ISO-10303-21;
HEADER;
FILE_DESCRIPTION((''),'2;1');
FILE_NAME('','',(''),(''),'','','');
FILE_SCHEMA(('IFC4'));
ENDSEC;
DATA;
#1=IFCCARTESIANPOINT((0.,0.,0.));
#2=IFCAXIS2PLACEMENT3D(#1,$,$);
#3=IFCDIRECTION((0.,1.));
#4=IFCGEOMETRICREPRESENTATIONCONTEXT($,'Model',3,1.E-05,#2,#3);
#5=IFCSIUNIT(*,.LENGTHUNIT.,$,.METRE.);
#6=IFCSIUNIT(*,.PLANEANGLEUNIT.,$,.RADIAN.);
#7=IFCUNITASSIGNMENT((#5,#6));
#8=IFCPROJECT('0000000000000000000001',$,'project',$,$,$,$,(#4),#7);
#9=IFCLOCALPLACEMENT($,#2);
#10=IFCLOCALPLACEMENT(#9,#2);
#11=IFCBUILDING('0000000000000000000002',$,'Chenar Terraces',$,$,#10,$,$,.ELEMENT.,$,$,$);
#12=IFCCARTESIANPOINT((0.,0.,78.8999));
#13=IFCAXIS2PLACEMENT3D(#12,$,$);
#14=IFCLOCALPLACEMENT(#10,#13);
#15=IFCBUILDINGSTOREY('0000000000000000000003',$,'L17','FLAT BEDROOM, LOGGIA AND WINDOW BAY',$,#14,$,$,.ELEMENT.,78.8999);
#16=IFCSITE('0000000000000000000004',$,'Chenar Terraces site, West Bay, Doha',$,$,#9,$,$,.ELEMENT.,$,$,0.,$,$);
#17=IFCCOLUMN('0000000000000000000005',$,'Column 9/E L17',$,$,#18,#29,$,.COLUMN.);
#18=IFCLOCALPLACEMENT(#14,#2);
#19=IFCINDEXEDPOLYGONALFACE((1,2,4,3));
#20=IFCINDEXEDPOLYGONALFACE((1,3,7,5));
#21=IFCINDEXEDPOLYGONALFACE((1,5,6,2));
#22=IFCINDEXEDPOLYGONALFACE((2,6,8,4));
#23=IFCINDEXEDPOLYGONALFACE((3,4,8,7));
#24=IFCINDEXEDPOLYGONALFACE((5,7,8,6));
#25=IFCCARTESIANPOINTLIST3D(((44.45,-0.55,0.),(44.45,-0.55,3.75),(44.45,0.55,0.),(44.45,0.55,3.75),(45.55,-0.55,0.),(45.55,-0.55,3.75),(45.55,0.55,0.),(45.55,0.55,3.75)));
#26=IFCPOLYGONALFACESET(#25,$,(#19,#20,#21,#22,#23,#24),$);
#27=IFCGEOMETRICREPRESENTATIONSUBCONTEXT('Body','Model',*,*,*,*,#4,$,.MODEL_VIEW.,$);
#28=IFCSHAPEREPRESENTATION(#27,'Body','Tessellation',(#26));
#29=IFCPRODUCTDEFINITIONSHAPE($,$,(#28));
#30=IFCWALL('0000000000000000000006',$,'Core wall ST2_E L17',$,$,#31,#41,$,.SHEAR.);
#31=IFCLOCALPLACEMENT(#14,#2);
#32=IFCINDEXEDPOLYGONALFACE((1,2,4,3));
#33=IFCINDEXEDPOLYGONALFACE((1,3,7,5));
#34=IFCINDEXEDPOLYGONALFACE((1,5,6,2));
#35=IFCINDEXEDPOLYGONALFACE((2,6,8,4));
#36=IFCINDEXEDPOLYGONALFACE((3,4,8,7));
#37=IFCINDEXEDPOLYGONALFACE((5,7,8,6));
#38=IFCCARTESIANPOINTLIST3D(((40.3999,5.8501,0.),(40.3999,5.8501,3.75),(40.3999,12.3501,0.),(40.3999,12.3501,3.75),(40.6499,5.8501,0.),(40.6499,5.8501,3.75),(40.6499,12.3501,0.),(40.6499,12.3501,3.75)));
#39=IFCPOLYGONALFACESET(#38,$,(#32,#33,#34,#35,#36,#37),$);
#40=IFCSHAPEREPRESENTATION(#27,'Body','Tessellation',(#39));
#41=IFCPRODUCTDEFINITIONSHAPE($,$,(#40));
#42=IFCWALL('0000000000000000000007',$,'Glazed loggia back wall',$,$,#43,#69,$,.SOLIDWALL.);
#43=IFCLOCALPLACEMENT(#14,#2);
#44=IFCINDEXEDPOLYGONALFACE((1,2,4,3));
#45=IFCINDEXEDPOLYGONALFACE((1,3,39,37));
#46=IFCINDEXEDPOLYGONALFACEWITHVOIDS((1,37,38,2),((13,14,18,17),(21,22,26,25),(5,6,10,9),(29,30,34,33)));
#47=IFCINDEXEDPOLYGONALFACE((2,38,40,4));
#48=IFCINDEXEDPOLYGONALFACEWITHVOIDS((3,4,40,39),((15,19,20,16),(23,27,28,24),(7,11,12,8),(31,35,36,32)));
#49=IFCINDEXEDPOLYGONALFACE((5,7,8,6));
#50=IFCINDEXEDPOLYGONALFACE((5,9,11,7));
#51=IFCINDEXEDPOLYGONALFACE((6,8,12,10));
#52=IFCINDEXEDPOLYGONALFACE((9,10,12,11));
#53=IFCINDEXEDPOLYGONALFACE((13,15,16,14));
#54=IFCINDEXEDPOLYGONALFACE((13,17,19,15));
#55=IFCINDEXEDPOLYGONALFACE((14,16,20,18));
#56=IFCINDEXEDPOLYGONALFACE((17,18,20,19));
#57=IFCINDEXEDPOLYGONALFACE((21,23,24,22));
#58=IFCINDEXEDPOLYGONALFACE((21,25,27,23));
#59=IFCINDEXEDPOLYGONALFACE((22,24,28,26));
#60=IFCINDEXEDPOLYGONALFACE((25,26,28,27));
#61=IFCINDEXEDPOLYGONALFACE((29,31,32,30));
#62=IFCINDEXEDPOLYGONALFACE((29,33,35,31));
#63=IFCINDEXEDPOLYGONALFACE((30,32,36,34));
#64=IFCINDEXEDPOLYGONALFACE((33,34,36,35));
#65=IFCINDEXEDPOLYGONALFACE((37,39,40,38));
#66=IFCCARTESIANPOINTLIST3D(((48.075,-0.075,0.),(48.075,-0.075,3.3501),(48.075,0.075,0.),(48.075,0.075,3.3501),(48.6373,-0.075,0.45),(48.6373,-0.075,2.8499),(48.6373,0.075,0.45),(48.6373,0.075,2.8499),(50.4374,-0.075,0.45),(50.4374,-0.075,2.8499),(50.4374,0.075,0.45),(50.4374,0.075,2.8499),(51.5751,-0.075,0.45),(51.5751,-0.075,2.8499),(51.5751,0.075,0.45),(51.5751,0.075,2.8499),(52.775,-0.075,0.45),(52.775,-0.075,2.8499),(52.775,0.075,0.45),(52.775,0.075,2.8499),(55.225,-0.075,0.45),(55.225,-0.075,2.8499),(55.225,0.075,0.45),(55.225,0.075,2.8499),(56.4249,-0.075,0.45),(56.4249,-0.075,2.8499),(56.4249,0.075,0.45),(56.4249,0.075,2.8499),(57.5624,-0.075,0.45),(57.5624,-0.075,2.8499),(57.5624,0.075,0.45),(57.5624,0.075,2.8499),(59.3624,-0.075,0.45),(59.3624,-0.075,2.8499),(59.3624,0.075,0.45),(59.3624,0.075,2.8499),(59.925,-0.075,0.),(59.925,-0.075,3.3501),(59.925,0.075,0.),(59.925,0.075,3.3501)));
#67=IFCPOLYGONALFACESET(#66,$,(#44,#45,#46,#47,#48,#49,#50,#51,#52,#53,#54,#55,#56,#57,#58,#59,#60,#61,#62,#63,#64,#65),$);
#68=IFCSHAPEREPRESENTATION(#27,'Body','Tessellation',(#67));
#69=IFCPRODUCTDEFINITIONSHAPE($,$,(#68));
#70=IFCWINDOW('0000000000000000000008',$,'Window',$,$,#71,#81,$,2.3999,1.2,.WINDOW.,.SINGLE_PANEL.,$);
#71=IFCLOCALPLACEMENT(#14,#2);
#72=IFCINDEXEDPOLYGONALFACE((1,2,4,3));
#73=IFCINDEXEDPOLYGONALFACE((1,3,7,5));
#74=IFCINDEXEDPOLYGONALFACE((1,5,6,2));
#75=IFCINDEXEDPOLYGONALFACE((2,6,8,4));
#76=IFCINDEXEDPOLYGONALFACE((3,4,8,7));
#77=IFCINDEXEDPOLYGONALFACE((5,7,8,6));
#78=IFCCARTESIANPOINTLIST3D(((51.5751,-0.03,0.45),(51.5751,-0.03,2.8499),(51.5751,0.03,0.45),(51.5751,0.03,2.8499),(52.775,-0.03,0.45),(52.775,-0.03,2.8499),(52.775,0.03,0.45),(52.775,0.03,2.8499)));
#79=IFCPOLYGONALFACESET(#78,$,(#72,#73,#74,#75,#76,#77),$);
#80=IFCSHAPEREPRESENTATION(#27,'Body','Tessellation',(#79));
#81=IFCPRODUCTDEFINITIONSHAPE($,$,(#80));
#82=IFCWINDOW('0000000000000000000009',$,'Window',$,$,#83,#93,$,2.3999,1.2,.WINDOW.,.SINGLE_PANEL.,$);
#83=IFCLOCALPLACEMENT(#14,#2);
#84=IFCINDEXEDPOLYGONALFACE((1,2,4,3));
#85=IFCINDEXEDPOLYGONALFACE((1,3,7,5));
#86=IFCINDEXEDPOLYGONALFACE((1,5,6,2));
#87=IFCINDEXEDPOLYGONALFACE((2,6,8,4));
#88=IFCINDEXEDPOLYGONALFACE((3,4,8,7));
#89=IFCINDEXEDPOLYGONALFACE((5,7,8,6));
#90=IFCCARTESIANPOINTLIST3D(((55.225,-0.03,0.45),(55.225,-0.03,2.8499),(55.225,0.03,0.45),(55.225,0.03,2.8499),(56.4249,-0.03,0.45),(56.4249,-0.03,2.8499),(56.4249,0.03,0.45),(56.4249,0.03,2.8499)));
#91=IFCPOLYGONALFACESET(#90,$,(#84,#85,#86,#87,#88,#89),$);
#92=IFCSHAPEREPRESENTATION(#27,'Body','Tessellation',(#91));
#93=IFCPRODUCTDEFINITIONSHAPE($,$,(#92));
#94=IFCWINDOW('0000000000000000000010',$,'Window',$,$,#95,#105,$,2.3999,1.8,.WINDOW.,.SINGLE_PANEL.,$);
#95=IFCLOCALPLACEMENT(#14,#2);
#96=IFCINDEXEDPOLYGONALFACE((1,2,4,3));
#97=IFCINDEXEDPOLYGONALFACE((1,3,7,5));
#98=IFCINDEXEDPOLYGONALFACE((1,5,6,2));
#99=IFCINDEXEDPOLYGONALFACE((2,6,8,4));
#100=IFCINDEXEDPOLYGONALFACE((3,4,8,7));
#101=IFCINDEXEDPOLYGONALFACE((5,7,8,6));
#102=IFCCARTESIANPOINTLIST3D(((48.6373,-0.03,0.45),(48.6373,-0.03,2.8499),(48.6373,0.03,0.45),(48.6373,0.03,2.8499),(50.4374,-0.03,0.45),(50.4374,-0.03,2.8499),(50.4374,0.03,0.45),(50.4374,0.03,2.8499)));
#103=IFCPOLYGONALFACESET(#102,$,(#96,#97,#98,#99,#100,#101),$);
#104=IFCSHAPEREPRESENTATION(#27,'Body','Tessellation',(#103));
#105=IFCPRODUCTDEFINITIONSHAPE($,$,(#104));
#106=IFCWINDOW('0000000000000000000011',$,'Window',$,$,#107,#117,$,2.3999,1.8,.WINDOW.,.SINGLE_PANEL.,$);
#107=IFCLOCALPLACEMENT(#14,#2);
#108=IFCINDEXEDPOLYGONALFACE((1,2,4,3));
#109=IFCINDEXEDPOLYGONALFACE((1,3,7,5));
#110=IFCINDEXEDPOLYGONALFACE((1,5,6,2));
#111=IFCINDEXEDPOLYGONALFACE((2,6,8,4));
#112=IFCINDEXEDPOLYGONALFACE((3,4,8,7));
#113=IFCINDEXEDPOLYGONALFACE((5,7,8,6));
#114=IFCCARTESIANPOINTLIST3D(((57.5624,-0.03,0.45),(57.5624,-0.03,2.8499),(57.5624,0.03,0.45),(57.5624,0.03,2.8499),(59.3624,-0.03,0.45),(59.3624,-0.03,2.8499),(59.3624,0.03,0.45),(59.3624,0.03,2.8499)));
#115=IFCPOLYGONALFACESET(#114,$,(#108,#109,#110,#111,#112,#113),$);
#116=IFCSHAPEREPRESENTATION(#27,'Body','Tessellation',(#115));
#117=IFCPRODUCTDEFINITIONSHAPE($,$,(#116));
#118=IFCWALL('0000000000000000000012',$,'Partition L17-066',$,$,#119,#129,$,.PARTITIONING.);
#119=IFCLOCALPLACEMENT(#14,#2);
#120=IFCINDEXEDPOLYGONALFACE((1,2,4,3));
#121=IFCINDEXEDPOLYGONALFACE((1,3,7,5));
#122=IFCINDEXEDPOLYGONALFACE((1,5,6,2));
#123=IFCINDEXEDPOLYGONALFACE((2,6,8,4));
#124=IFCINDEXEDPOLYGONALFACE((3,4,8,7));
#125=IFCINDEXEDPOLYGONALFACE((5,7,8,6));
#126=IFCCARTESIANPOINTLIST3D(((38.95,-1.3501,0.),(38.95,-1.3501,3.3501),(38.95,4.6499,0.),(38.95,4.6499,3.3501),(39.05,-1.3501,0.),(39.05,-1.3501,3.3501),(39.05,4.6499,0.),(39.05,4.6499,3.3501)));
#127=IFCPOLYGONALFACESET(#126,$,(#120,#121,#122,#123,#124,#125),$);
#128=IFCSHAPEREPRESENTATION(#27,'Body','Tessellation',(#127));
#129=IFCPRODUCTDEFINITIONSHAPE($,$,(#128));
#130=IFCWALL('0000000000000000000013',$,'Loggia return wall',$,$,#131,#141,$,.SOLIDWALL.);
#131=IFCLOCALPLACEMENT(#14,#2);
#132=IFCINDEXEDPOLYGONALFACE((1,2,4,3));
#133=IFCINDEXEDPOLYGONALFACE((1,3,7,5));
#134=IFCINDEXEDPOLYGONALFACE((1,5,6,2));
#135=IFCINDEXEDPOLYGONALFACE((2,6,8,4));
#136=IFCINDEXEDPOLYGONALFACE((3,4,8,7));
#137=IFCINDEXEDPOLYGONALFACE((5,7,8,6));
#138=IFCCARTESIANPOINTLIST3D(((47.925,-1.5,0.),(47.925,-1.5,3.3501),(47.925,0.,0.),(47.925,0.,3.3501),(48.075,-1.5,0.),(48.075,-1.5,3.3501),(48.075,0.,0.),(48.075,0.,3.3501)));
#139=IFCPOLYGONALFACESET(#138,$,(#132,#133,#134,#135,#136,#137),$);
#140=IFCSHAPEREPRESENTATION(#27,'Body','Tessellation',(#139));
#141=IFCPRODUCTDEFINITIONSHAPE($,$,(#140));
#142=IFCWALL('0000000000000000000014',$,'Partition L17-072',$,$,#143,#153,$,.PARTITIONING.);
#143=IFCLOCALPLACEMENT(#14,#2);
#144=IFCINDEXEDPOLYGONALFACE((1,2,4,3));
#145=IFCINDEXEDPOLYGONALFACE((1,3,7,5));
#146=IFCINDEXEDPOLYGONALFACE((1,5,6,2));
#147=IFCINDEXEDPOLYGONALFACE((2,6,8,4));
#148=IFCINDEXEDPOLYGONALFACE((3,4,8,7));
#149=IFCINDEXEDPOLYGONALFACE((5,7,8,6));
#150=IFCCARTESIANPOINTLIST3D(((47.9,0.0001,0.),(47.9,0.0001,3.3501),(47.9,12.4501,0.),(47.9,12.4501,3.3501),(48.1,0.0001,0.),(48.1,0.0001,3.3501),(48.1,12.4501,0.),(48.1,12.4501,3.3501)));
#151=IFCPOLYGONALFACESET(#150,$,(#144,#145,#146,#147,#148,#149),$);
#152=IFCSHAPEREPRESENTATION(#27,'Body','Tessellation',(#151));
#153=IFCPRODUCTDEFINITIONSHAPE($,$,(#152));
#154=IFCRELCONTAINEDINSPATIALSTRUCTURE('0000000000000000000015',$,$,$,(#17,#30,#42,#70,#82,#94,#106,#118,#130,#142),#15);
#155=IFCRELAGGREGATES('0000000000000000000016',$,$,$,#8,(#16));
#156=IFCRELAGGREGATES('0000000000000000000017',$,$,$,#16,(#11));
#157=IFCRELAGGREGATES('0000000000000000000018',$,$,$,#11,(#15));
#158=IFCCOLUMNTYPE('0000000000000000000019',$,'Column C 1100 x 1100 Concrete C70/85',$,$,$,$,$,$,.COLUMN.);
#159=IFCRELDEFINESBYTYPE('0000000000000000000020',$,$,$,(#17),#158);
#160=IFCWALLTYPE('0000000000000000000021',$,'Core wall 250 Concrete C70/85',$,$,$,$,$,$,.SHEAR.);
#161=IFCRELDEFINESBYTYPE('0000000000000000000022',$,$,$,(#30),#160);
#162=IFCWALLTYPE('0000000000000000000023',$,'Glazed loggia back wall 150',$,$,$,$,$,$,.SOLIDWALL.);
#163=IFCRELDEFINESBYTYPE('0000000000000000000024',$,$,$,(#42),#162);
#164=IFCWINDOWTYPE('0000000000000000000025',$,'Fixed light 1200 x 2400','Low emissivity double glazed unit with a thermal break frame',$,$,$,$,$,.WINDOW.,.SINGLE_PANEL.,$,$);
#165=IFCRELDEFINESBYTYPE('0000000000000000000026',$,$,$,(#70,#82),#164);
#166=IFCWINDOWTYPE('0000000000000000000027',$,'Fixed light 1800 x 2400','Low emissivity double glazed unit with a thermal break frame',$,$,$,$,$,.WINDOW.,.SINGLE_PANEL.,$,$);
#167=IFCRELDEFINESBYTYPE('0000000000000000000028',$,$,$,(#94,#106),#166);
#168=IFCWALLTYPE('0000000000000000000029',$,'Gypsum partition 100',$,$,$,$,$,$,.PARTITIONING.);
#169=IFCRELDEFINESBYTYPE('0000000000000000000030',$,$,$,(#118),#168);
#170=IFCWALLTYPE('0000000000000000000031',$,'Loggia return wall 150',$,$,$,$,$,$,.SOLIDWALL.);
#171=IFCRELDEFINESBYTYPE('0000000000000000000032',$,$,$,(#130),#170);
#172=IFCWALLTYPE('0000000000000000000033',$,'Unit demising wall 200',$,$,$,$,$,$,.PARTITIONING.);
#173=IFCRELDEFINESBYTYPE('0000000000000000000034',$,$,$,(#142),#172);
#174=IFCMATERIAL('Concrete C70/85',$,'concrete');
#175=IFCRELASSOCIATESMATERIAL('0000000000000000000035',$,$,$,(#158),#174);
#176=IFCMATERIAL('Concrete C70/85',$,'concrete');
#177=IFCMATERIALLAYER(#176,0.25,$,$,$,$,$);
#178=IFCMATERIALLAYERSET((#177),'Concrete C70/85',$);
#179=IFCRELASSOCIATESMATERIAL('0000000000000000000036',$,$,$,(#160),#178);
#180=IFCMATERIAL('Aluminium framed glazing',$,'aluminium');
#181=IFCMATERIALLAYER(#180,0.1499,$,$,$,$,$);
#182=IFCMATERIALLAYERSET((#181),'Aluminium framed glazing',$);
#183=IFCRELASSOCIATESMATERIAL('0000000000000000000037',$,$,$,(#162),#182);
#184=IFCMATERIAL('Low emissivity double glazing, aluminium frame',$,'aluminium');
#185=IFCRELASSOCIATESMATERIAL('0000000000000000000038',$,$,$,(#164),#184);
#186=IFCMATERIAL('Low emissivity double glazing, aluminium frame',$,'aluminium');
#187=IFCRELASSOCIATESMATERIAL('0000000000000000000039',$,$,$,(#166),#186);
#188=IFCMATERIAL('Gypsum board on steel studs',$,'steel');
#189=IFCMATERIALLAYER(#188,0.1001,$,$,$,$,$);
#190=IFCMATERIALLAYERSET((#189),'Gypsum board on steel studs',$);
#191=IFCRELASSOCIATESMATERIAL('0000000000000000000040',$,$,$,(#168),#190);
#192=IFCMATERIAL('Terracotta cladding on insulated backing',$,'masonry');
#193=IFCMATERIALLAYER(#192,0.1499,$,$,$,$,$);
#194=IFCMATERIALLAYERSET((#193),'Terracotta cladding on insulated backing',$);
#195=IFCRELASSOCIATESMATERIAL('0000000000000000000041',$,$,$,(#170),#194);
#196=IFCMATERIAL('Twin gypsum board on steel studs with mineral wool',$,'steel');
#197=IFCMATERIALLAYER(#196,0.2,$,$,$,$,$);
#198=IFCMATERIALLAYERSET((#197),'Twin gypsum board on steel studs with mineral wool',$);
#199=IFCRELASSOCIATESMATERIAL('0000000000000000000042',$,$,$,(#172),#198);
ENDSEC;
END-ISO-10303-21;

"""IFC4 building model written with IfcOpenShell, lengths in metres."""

from ifc_helpers import new_model, si_unit, direction, frame, frame_2d, origin, origin_2d, place, context, subcontext, project, spatial, rectangle, extrude, material, layer, layer_set, material_profile, profile_set, type_object, element, fill, save


model = new_model("IFC4")

# Units and contexts
model_context = context("Model", 3, precision=1e-05, world=origin(), true_north=direction((0.0, 1.0)))
body_context = subcontext(model_context, "Body", "Model", "MODEL_VIEW")
ifc_project = project(units=[si_unit("LENGTHUNIT", "METRE"), si_unit("PLANEANGLEUNIT", "RADIAN")], contexts=[model_context])

# Site, building, storey
site_placement = place(None, origin())
site = spatial("IfcSite", under=ifc_project, at=site_placement, Name="Chenar Terraces site, West Bay, Doha", CompositionType="ELEMENT", RefElevation=0.0)
building_placement = place(site_placement, origin())
building = spatial("IfcBuilding", under=site, at=building_placement, Name="Chenar Terraces", CompositionType="ELEMENT")
storey_placement = place(building_placement, frame((0.0, 0.0, 78.8999)))
storey = spatial("IfcBuildingStorey", under=building, at=storey_placement, Name="L17", Description="FLAT BEDROOM, LOGGIA AND WINDOW BAY", CompositionType="ELEMENT", Elevation=78.8999)

# Column
ifc_material_1 = material(Name="Concrete C70/85", Category="concrete")
ifc_material_profile_1 = material_profile(ifc_material_1, rectangle(XDim=1.1001, YDim=1.1001, at=origin_2d()), Name="C 1100 x 1100")
ifc_profile_set_1 = profile_set([ifc_material_profile_1], Name="Concrete C70/85")
column_type = type_object("IfcColumnType", Name="Column C 1100 x 1100 Concrete C70/85", PredefinedType="COLUMN", material=ifc_profile_set_1)
column_placement = place(storey_placement, frame((45.0, 0.0, 0.0), z_axis=(0.0, 0.0, 1.0), x_axis=(1.0, 0.0, 0.0)))
element("IfcColumn", 1, at=column_placement, inside=storey, type_object=column_type, Name="Column 9/E L17", PredefinedType="COLUMN", context=body_context, shape_type="SweptSolid", body=[
    extrude(rectangle(XDim=1.1001, YDim=1.1001, at=origin_2d()), origin(), (0.0, 0.0, 1.0), 3.75),
])

# Wall
ifc_material_2 = material(Name="Concrete C70/85", Category="concrete")
ifc_layer_1 = layer(ifc_material_2, 0.25)
ifc_layer_set_1 = layer_set([ifc_layer_1], Name="Concrete C70/85")
wall_type_1 = type_object("IfcWallType", Name="Core wall 250 Concrete C70/85", PredefinedType="SHEAR", material=ifc_layer_set_1)
wall_1_placement = place(storey_placement, frame((40.5249, 5.8501, 0.0), z_axis=(0.0, 0.0, 1.0), x_axis=(0.0, 1.0, 0.0)))
element("IfcWall", 2, at=wall_1_placement, inside=storey, type_object=wall_type_1, Name="Core wall ST2_E L17", PredefinedType="SHEAR", context=body_context, shape_type="SweptSolid", body=[
    extrude(rectangle(XDim=6.5, YDim=0.25, at=frame_2d((3.25, 0.0))), origin(), (0.0, 0.0, 1.0), 3.75),
])

# Wall, openings, windows
ifc_material_3 = material(Name="Aluminium framed glazing", Category="aluminium")
ifc_layer_2 = layer(ifc_material_3, 0.1499)
ifc_layer_set_2 = layer_set([ifc_layer_2], Name="Aluminium framed glazing")
wall_type_2 = type_object("IfcWallType", Name="Glazed loggia back wall 150", PredefinedType="SOLIDWALL", material=ifc_layer_set_2)
wall_2_placement = place(storey_placement, frame((48.075, 0.0, 0.0), z_axis=(0.0, 0.0, 1.0), x_axis=(1.0, 0.0, 0.0)))
wall_2 = element("IfcWall", 3, at=wall_2_placement, inside=storey, type_object=wall_type_2, Name="Glazed loggia back wall", PredefinedType="SOLIDWALL", context=body_context, shape_type="SweptSolid", body=[
    extrude(rectangle(XDim=11.8501, YDim=0.1499, at=frame_2d((5.925, 0.0))), origin(), (0.0, 0.0, 1.0), 3.3501),
])
opening_1_placement = place(wall_2_placement, frame((0.5625, 0.0, 0.45)))
opening_1 = element("IfcOpeningElement", 4, at=opening_1_placement, cuts=wall_2, PredefinedType="OPENING", context=body_context, shape_type="SweptSolid", body=[
    extrude(rectangle(XDim=1.8, YDim=2.3999, at=frame_2d((0.8999, 1.2))), frame((0.0, 0.085, 0.0), z_axis=(0.0, -1.0, 0.0), x_axis=(1.0, 0.0, 0.0)), (0.0, 0.0, 1.0), 0.1699),
])
opening_2_placement = place(wall_2_placement, frame((3.5, 0.0, 0.45)))
opening_2 = element("IfcOpeningElement", 5, at=opening_2_placement, cuts=wall_2, PredefinedType="OPENING", context=body_context, shape_type="SweptSolid", body=[
    extrude(rectangle(XDim=1.2, YDim=2.3999, at=frame_2d((0.6001, 1.2))), frame((0.0, 0.085, 0.0), z_axis=(0.0, -1.0, 0.0), x_axis=(1.0, 0.0, 0.0)), (0.0, 0.0, 1.0), 0.1699),
])
opening_3_placement = place(wall_2_placement, frame((7.1499, 0.0, 0.45)))
opening_3 = element("IfcOpeningElement", 6, at=opening_3_placement, cuts=wall_2, PredefinedType="OPENING", context=body_context, shape_type="SweptSolid", body=[
    extrude(rectangle(XDim=1.2, YDim=2.3999, at=frame_2d((0.6001, 1.2))), frame((0.0, 0.085, 0.0), z_axis=(0.0, -1.0, 0.0), x_axis=(1.0, 0.0, 0.0)), (0.0, 0.0, 1.0), 0.1699),
])
opening_4_placement = place(wall_2_placement, frame((9.4875, 0.0, 0.45)))
opening_4 = element("IfcOpeningElement", 7, at=opening_4_placement, cuts=wall_2, PredefinedType="OPENING", context=body_context, shape_type="SweptSolid", body=[
    extrude(rectangle(XDim=1.8, YDim=2.3999, at=frame_2d((0.8999, 1.2))), frame((0.0, 0.085, 0.0), z_axis=(0.0, -1.0, 0.0), x_axis=(1.0, 0.0, 0.0)), (0.0, 0.0, 1.0), 0.1699),
])
ifc_material_4 = material(Name="Low emissivity double glazing, aluminium frame", Category="aluminium")
window_type_1 = type_object("IfcWindowType", Name="Fixed light 1200 x 2400", Description="Low emissivity double glazed unit with a thermal break frame", PartitioningType="SINGLE_PANEL", PredefinedType="WINDOW", material=ifc_material_4)
window_1_placement = place(opening_2_placement, origin())
window_1 = element("IfcWindow", 8, at=window_1_placement, inside=storey, type_object=window_type_1, Name="Window", OverallHeight=2.3999, OverallWidth=1.2, PartitioningType="SINGLE_PANEL", PredefinedType="WINDOW", context=body_context, shape_type="SweptSolid", body=[
    extrude(rectangle(XDim=1.2, YDim=2.3999, at=frame_2d((0.6001, 1.2))), frame((0.0, 0.03, 0.0), z_axis=(0.0, -1.0, 0.0), x_axis=(1.0, 0.0, 0.0)), (0.0, 0.0, 1.0), 0.0601),
])
fill(opening_2, window_1)
window_2_placement = place(opening_3_placement, origin())
window_2 = element("IfcWindow", 9, at=window_2_placement, inside=storey, type_object=window_type_1, Name="Window", OverallHeight=2.3999, OverallWidth=1.2, PartitioningType="SINGLE_PANEL", PredefinedType="WINDOW", context=body_context, shape_type="SweptSolid", body=[
    extrude(rectangle(XDim=1.2, YDim=2.3999, at=frame_2d((0.6001, 1.2))), frame((0.0, 0.03, 0.0), z_axis=(0.0, -1.0, 0.0), x_axis=(1.0, 0.0, 0.0)), (0.0, 0.0, 1.0), 0.0601),
])
fill(opening_3, window_2)
ifc_material_5 = material(Name="Low emissivity double glazing, aluminium frame", Category="aluminium")
window_type_2 = type_object("IfcWindowType", Name="Fixed light 1800 x 2400", Description="Low emissivity double glazed unit with a thermal break frame", PartitioningType="SINGLE_PANEL", PredefinedType="WINDOW", material=ifc_material_5)
window_3_placement = place(opening_1_placement, origin())
window_3 = element("IfcWindow", 10, at=window_3_placement, inside=storey, type_object=window_type_2, Name="Window", OverallHeight=2.3999, OverallWidth=1.8, PartitioningType="SINGLE_PANEL", PredefinedType="WINDOW", context=body_context, shape_type="SweptSolid", body=[
    extrude(rectangle(XDim=1.8, YDim=2.3999, at=frame_2d((0.8999, 1.2))), frame((0.0, 0.03, 0.0), z_axis=(0.0, -1.0, 0.0), x_axis=(1.0, 0.0, 0.0)), (0.0, 0.0, 1.0), 0.0601),
])
fill(opening_1, window_3)
window_4_placement = place(opening_4_placement, origin())
window_4 = element("IfcWindow", 11, at=window_4_placement, inside=storey, type_object=window_type_2, Name="Window", OverallHeight=2.3999, OverallWidth=1.8, PartitioningType="SINGLE_PANEL", PredefinedType="WINDOW", context=body_context, shape_type="SweptSolid", body=[
    extrude(rectangle(XDim=1.8, YDim=2.3999, at=frame_2d((0.8999, 1.2))), frame((0.0, 0.03, 0.0), z_axis=(0.0, -1.0, 0.0), x_axis=(1.0, 0.0, 0.0)), (0.0, 0.0, 1.0), 0.0601),
])
fill(opening_4, window_4)

# Walls
ifc_material_6 = material(Name="Gypsum board on steel studs", Category="steel")
ifc_layer_3 = layer(ifc_material_6, 0.1001)
ifc_layer_set_3 = layer_set([ifc_layer_3], Name="Gypsum board on steel studs")
wall_type_3 = type_object("IfcWallType", Name="Gypsum partition 100", PredefinedType="PARTITIONING", material=ifc_layer_set_3)
wall_3_placement = place(storey_placement, frame((39.0, -1.3501, 0.0), z_axis=(0.0, 0.0, 1.0), x_axis=(0.0, 1.0, 0.0)))
element("IfcWall", 12, at=wall_3_placement, inside=storey, type_object=wall_type_3, Name="Partition L17-066", PredefinedType="PARTITIONING", context=body_context, shape_type="SweptSolid", body=[
    extrude(rectangle(XDim=6.0, YDim=0.1001, at=frame_2d((3.0, 0.0))), origin(), (0.0, 0.0, 1.0), 3.3501),
])
ifc_material_7 = material(Name="Terracotta cladding on insulated backing", Category="masonry")
ifc_layer_4 = layer(ifc_material_7, 0.1499)
ifc_layer_set_4 = layer_set([ifc_layer_4], Name="Terracotta cladding on insulated backing")
wall_type_4 = type_object("IfcWallType", Name="Loggia return wall 150", PredefinedType="SOLIDWALL", material=ifc_layer_set_4)
wall_4_placement = place(storey_placement, frame((48.0, -1.5, 0.0), z_axis=(0.0, 0.0, 1.0), x_axis=(0.0, 1.0, 0.0)))
element("IfcWall", 13, at=wall_4_placement, inside=storey, type_object=wall_type_4, Name="Loggia return wall", PredefinedType="SOLIDWALL", context=body_context, shape_type="SweptSolid", body=[
    extrude(rectangle(XDim=1.5, YDim=0.1499, at=frame_2d((0.75, 0.0))), origin(), (0.0, 0.0, 1.0), 3.3501),
])
ifc_material_8 = material(Name="Twin gypsum board on steel studs with mineral wool", Category="steel")
ifc_layer_5 = layer(ifc_material_8, 0.2)
ifc_layer_set_5 = layer_set([ifc_layer_5], Name="Twin gypsum board on steel studs with mineral wool")
wall_type_5 = type_object("IfcWallType", Name="Unit demising wall 200", PredefinedType="PARTITIONING", material=ifc_layer_set_5)
wall_5_placement = place(storey_placement, frame((48.0, 0.0, 0.0), z_axis=(0.0, 0.0, 1.0), x_axis=(0.0, 1.0, 0.0)))
element("IfcWall", 14, at=wall_5_placement, inside=storey, type_object=wall_type_5, Name="Partition L17-072", PredefinedType="PARTITIONING", context=body_context, shape_type="SweptSolid", body=[
    extrude(rectangle(XDim=12.45, YDim=0.2, at=frame_2d((6.2251, 0.0))), origin(), (0.0, 0.0, 1.0), 3.3501),
])

save(model, "model.ifc")
